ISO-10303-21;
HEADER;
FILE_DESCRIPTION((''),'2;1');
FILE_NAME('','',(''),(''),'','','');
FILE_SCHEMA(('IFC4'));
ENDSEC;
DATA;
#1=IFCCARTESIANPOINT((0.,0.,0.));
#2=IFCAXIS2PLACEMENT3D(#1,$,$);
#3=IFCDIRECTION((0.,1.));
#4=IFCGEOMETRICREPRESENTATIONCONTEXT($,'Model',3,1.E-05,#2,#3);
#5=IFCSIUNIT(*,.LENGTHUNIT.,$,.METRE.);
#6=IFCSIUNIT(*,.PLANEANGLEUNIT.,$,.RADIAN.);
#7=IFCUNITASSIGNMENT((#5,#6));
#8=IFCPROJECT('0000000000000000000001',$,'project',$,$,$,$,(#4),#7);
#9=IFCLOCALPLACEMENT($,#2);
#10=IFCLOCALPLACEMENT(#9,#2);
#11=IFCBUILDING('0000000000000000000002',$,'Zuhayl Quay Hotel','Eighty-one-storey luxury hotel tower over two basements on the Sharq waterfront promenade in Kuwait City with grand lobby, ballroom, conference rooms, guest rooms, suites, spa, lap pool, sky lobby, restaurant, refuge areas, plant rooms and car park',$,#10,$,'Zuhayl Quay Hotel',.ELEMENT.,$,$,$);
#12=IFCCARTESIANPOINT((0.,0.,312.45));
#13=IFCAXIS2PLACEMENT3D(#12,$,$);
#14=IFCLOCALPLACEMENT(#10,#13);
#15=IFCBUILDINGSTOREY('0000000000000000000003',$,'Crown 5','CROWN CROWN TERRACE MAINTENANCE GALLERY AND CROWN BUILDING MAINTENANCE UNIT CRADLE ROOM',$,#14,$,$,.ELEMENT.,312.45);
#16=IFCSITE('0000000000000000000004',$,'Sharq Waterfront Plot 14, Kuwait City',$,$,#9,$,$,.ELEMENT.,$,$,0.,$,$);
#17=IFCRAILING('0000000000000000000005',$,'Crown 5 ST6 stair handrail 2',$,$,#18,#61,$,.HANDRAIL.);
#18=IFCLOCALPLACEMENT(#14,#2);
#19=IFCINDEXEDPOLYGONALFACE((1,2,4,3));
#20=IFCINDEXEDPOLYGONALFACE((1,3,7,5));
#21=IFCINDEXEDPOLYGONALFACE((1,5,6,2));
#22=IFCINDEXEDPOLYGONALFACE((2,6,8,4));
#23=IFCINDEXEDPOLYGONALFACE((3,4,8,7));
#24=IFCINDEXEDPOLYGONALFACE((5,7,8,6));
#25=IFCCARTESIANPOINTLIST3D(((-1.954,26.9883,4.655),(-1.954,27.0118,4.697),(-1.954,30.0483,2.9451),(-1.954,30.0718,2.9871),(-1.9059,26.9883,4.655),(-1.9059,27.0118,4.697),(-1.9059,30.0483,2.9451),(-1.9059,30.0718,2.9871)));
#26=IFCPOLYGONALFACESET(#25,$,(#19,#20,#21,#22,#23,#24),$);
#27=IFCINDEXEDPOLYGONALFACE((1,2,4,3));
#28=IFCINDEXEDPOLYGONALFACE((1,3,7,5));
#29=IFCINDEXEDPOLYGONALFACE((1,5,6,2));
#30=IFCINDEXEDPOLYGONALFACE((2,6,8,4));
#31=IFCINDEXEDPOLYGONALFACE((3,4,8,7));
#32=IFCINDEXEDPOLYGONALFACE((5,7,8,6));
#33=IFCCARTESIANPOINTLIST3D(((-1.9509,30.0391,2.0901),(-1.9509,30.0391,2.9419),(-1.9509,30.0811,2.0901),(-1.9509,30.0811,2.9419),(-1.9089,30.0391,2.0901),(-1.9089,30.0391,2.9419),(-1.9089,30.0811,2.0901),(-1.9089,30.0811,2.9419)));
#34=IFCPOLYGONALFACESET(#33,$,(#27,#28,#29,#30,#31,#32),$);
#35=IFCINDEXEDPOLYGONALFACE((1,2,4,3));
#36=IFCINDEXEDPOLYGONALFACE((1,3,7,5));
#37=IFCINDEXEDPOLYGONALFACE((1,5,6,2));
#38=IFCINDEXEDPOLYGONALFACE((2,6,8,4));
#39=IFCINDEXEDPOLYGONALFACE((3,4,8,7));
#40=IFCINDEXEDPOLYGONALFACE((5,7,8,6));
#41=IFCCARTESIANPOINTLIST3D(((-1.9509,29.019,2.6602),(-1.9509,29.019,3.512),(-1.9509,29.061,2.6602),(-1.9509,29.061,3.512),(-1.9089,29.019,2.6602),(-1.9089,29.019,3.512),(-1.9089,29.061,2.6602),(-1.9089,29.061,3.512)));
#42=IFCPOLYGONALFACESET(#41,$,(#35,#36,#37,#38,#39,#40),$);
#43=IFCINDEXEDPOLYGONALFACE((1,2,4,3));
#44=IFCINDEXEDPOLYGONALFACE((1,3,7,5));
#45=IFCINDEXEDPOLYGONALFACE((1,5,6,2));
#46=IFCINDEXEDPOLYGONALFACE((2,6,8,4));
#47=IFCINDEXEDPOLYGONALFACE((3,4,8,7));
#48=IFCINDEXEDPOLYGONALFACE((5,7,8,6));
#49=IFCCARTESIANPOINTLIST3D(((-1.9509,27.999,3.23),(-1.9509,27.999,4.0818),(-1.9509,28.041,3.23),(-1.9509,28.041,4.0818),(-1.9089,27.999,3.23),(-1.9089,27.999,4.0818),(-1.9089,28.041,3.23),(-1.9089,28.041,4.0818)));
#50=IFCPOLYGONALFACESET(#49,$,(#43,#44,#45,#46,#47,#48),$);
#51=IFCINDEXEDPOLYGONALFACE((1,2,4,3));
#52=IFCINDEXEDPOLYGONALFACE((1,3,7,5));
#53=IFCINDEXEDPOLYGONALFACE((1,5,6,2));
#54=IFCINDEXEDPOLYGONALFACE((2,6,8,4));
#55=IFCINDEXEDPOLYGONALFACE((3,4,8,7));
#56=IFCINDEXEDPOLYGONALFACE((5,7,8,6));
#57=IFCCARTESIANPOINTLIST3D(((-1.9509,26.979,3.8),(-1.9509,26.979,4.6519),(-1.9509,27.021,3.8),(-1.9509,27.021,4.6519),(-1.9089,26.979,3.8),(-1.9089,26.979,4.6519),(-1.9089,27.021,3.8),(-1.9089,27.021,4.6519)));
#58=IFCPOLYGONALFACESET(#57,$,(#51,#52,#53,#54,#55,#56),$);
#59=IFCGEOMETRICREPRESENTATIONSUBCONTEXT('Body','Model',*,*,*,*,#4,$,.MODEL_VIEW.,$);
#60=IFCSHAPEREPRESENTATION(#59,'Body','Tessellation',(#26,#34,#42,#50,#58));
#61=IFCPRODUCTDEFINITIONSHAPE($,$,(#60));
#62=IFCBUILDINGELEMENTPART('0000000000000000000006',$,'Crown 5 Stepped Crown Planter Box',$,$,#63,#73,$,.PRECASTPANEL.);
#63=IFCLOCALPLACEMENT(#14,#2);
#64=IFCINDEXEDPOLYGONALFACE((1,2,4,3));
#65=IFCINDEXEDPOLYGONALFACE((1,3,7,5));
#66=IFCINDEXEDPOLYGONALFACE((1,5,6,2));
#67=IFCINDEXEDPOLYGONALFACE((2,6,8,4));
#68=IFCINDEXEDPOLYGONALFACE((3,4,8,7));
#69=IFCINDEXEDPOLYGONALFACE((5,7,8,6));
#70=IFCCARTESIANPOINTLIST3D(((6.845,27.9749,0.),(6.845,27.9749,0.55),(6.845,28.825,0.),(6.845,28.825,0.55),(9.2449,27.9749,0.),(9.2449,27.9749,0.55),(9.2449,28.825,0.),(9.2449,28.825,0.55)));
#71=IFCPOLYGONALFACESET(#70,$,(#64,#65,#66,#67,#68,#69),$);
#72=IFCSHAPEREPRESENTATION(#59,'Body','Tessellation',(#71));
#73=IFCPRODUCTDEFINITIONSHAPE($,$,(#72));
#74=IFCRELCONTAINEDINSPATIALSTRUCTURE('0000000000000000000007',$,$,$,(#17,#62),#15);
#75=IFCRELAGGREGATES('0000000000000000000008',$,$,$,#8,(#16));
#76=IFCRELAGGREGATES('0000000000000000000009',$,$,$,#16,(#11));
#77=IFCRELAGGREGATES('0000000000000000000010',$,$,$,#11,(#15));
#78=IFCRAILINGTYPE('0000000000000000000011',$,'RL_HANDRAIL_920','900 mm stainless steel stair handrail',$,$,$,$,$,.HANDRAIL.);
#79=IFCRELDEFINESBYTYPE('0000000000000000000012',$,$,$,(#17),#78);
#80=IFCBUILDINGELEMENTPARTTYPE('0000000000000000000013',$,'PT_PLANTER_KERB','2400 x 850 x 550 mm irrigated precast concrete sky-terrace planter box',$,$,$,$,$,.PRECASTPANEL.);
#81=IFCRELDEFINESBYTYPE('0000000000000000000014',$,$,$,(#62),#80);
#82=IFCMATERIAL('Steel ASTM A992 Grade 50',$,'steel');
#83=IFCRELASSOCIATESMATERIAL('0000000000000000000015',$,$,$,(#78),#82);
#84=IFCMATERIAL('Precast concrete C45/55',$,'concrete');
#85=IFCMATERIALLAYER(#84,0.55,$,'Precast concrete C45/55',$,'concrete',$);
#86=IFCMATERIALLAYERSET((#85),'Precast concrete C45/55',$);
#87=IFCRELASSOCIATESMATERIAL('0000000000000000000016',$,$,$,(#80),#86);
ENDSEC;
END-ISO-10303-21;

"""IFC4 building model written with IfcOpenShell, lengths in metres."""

from ifc_helpers import new_model, si_unit, direction, frame, origin, origin_2d, place, context, subcontext, project, spatial, rectangle, extrude, material, layer, layer_set, type_object, element, save


model = new_model("IFC4")

# Units and contexts
model_context = context("Model", 3, precision=1e-05, world=origin(), true_north=direction((0.0, 1.0)))
body_context = subcontext(model_context, "Body", "Model", "MODEL_VIEW")
ifc_project = project(units=[si_unit("LENGTHUNIT", "METRE"), si_unit("PLANEANGLEUNIT", "RADIAN")], contexts=[model_context])

# Site, building, storey
site_placement = place(None, origin())
site = spatial("IfcSite", under=ifc_project, at=site_placement, Name="Sharq Waterfront Plot 14, Kuwait City", CompositionType="ELEMENT", RefElevation=0.0)
building_placement = place(site_placement, origin())
building = spatial("IfcBuilding", under=site, at=building_placement, Name="Zuhayl Quay Hotel", Description="Eighty-one-storey luxury hotel tower over two basements on the Sharq waterfront promenade in Kuwait City with grand lobby, ballroom, conference rooms, guest rooms, suites, spa, lap pool, sky lobby, restaurant, refuge areas, plant rooms and car park", LongName="Zuhayl Quay Hotel", CompositionType="ELEMENT")
storey_placement = place(building_placement, frame((0.0, 0.0, 312.45)))
storey = spatial("IfcBuildingStorey", under=building, at=storey_placement, Name="Crown 5", Description="CROWN CROWN TERRACE MAINTENANCE GALLERY AND CROWN BUILDING MAINTENANCE UNIT CRADLE ROOM", CompositionType="ELEMENT", Elevation=312.45)

# Shared definitions
ifc_material_1 = material(Name="Steel ASTM A992 Grade 50", Category="steel")

# Shared definitions
ifc_material_2 = material(Name="Precast concrete C45/55", Category="concrete")

# Railing
railing_type_1 = type_object("IfcRailingType", Name="RL_HANDRAIL_920", Description="900 mm stainless steel stair handrail", PredefinedType="HANDRAIL", material=ifc_material_1)
railing_1_placement = place(storey_placement, frame((-1.9299, 30.0601, 2.0901)))
element("IfcRailing", 1, at=railing_1_placement, inside=storey, type_object=railing_type_1, Name="Crown 5 ST6 stair handrail 2", PredefinedType="HANDRAIL", context=body_context, shape_type="SweptSolid", body=[
    extrude(rectangle(XDim=0.0481, YDim=0.0481, at=origin_2d()), frame((0.0, 0.0, 0.876), z_axis=(0.0, -0.872952, 0.487806), x_axis=(1.0, 0.0, 0.0)), (0.0, 0.0, 1.0), 3.5054),
    extrude(rectangle(XDim=0.042, YDim=0.042, at=origin_2d()), origin(), (0.0, 0.0, 1.0), 0.8518),
    extrude(rectangle(XDim=0.042, YDim=0.042, at=origin_2d()), frame((0.0, -1.02, 0.5701)), (0.0, 0.0, 1.0), 0.8518),
    extrude(rectangle(XDim=0.042, YDim=0.042, at=origin_2d()), frame((0.0, -2.04, 1.1399)), (0.0, 0.0, 1.0), 0.8518),
    extrude(rectangle(XDim=0.042, YDim=0.042, at=origin_2d()), frame((0.0, -3.0601, 1.71)), (0.0, 0.0, 1.0), 0.8518),
])

# Building element part
ifc_layer_1 = layer(ifc_material_2, 0.55, Name="Precast concrete C45/55", Category="concrete")
ifc_layer_set_1 = layer_set([ifc_layer_1], Name="Precast concrete C45/55")
building_element_part_type = type_object("IfcBuildingElementPartType", Name="PT_PLANTER_KERB", Description="2400 x 850 x 550 mm irrigated precast concrete sky-terrace planter box", PredefinedType="PRECASTPANEL", material=ifc_layer_set_1)
building_element_part_placement = place(storey_placement, frame((8.0449, 28.3999, 0.0), z_axis=(0.0, 0.0, 1.0), x_axis=(1.0, 0.0, 0.0)))
element("IfcBuildingElementPart", 2, at=building_element_part_placement, inside=storey, type_object=building_element_part_type, Name="Crown 5 Stepped Crown Planter Box", PredefinedType="PRECASTPANEL", context=body_context, shape_type="SweptSolid", body=[
    extrude(rectangle(XDim=2.3999, YDim=0.8501, at=origin_2d()), origin(), (0.0, 0.0, 1.0), 0.55),
])

save(model, "model.ifc")
